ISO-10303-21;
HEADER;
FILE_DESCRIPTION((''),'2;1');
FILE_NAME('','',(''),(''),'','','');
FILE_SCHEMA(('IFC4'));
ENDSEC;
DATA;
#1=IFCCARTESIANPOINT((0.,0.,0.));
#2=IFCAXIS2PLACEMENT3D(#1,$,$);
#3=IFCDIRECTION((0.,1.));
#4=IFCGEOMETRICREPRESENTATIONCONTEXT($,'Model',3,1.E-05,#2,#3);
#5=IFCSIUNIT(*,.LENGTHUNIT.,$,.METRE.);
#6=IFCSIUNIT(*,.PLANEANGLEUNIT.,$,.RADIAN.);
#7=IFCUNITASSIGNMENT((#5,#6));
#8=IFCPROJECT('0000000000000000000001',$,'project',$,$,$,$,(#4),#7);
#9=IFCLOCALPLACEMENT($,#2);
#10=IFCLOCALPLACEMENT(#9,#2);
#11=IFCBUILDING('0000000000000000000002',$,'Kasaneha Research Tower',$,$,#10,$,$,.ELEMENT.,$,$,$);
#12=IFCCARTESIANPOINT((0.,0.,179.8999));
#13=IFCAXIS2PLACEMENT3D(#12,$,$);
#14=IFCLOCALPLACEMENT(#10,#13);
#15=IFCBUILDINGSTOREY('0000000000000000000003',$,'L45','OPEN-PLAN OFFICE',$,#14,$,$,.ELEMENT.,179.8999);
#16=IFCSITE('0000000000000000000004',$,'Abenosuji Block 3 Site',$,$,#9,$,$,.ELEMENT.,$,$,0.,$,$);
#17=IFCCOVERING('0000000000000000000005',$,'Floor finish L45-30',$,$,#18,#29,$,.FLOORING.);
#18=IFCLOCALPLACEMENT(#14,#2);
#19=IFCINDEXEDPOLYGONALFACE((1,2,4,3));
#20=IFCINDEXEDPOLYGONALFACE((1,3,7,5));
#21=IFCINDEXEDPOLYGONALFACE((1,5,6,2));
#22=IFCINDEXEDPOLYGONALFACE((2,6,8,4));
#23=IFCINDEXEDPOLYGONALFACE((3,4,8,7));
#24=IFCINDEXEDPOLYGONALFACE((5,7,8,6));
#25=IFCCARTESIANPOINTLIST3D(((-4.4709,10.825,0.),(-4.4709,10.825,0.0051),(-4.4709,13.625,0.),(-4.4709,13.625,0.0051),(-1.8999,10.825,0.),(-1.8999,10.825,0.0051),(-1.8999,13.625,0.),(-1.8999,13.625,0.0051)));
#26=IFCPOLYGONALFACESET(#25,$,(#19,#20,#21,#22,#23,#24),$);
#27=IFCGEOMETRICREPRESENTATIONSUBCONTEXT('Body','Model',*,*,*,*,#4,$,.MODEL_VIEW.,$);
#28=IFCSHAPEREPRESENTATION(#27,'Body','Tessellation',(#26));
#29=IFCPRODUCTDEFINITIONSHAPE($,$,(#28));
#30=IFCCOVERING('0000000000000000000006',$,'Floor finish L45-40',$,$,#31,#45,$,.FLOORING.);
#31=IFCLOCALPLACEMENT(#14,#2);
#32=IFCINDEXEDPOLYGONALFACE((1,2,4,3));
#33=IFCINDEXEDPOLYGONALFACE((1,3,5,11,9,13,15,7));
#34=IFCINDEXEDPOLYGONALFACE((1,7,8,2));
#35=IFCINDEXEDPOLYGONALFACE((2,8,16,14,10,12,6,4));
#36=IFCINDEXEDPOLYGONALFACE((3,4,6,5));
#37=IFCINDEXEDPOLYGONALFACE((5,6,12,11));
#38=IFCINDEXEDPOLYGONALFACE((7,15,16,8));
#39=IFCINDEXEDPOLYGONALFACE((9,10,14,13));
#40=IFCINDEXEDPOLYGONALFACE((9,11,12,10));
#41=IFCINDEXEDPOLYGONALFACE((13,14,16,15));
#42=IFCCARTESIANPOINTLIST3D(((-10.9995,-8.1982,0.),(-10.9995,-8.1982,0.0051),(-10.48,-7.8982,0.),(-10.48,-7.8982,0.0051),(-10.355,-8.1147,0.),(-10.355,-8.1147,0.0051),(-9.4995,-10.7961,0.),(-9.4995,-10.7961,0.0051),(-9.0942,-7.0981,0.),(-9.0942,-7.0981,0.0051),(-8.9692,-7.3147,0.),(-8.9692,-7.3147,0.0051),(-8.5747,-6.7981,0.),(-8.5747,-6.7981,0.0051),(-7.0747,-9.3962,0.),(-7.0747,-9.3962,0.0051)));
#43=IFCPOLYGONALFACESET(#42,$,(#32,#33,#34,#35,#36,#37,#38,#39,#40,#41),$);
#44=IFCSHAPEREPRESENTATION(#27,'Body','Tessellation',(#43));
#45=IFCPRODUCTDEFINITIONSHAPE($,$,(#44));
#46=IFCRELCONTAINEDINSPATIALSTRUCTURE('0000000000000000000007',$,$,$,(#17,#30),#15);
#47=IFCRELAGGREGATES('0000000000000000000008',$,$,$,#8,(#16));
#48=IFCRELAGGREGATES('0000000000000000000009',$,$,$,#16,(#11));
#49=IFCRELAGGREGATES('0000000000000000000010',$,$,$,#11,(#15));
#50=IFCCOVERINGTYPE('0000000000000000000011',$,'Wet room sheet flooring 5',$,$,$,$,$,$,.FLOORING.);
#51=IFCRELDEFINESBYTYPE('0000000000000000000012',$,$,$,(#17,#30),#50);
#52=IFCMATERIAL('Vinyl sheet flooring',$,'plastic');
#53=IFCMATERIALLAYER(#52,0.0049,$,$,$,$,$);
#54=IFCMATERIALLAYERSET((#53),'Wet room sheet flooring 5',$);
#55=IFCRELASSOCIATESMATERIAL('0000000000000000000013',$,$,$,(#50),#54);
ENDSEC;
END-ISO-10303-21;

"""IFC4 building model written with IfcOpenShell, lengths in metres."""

from ifc_helpers import new_model, si_unit, direction, frame, origin, place, context, subcontext, project, spatial, polyline, outline, extrude, material, layer, layer_set, type_object, element, save


model = new_model("IFC4")

# Units and contexts
model_context = context("Model", 3, precision=1e-05, world=origin(), true_north=direction((0.0, 1.0)))
body_context = subcontext(model_context, "Body", "Model", "MODEL_VIEW")
ifc_project = project(units=[si_unit("LENGTHUNIT", "METRE"), si_unit("PLANEANGLEUNIT", "RADIAN")], contexts=[model_context])

# Site, building, storey
site_placement = place(None, origin())
site = spatial("IfcSite", under=ifc_project, at=site_placement, Name="Abenosuji Block 3 Site", CompositionType="ELEMENT", RefElevation=0.0)
building_placement = place(site_placement, origin())
building = spatial("IfcBuilding", under=site, at=building_placement, Name="Kasaneha Research Tower", CompositionType="ELEMENT")
storey_placement = place(building_placement, frame((0.0, 0.0, 179.8999)))
storey = spatial("IfcBuildingStorey", under=building, at=storey_placement, Name="L45", Description="OPEN-PLAN OFFICE", CompositionType="ELEMENT", Elevation=179.8999)

# Coverings
ifc_material_1 = material(Name="Vinyl sheet flooring", Category="plastic")
ifc_layer_1 = layer(ifc_material_1, 0.0049)
ifc_layer_set_1 = layer_set([ifc_layer_1], Name="Wet room sheet flooring 5")
covering_type_1 = type_object("IfcCoveringType", Name="Wet room sheet flooring 5", PredefinedType="FLOORING", material=ifc_layer_set_1)
covering_1_placement = place(storey_placement, origin())
element("IfcCovering", 1, at=covering_1_placement, inside=storey, type_object=covering_type_1, Name="Floor finish L45-30", PredefinedType="FLOORING", context=body_context, shape_type="SweptSolid", body=[
    extrude(outline(polyline([(-1.8999, 13.625), (-1.8999, 10.825), (-4.4709, 10.825), (-4.4709, 13.625), (-1.8999, 13.625)])), origin(), (0.0, 0.0, 1.0), 0.0051),
])
covering_2_placement = place(storey_placement, origin())
element("IfcCovering", 2, at=covering_2_placement, inside=storey, type_object=covering_type_1, Name="Floor finish L45-40", PredefinedType="FLOORING", context=body_context, shape_type="SweptSolid", body=[
    extrude(outline(polyline([(-10.9995, -8.1982), (-10.48, -7.8982), (-10.355, -8.1147), (-8.9692, -7.3147), (-9.0942, -7.0981), (-8.5747, -6.7981), (-7.0747, -9.3962), (-9.4995, -10.7961), (-10.9995, -8.1982)])), origin(), (0.0, 0.0, 1.0), 0.0051),
])

save(model, "model.ifc")
